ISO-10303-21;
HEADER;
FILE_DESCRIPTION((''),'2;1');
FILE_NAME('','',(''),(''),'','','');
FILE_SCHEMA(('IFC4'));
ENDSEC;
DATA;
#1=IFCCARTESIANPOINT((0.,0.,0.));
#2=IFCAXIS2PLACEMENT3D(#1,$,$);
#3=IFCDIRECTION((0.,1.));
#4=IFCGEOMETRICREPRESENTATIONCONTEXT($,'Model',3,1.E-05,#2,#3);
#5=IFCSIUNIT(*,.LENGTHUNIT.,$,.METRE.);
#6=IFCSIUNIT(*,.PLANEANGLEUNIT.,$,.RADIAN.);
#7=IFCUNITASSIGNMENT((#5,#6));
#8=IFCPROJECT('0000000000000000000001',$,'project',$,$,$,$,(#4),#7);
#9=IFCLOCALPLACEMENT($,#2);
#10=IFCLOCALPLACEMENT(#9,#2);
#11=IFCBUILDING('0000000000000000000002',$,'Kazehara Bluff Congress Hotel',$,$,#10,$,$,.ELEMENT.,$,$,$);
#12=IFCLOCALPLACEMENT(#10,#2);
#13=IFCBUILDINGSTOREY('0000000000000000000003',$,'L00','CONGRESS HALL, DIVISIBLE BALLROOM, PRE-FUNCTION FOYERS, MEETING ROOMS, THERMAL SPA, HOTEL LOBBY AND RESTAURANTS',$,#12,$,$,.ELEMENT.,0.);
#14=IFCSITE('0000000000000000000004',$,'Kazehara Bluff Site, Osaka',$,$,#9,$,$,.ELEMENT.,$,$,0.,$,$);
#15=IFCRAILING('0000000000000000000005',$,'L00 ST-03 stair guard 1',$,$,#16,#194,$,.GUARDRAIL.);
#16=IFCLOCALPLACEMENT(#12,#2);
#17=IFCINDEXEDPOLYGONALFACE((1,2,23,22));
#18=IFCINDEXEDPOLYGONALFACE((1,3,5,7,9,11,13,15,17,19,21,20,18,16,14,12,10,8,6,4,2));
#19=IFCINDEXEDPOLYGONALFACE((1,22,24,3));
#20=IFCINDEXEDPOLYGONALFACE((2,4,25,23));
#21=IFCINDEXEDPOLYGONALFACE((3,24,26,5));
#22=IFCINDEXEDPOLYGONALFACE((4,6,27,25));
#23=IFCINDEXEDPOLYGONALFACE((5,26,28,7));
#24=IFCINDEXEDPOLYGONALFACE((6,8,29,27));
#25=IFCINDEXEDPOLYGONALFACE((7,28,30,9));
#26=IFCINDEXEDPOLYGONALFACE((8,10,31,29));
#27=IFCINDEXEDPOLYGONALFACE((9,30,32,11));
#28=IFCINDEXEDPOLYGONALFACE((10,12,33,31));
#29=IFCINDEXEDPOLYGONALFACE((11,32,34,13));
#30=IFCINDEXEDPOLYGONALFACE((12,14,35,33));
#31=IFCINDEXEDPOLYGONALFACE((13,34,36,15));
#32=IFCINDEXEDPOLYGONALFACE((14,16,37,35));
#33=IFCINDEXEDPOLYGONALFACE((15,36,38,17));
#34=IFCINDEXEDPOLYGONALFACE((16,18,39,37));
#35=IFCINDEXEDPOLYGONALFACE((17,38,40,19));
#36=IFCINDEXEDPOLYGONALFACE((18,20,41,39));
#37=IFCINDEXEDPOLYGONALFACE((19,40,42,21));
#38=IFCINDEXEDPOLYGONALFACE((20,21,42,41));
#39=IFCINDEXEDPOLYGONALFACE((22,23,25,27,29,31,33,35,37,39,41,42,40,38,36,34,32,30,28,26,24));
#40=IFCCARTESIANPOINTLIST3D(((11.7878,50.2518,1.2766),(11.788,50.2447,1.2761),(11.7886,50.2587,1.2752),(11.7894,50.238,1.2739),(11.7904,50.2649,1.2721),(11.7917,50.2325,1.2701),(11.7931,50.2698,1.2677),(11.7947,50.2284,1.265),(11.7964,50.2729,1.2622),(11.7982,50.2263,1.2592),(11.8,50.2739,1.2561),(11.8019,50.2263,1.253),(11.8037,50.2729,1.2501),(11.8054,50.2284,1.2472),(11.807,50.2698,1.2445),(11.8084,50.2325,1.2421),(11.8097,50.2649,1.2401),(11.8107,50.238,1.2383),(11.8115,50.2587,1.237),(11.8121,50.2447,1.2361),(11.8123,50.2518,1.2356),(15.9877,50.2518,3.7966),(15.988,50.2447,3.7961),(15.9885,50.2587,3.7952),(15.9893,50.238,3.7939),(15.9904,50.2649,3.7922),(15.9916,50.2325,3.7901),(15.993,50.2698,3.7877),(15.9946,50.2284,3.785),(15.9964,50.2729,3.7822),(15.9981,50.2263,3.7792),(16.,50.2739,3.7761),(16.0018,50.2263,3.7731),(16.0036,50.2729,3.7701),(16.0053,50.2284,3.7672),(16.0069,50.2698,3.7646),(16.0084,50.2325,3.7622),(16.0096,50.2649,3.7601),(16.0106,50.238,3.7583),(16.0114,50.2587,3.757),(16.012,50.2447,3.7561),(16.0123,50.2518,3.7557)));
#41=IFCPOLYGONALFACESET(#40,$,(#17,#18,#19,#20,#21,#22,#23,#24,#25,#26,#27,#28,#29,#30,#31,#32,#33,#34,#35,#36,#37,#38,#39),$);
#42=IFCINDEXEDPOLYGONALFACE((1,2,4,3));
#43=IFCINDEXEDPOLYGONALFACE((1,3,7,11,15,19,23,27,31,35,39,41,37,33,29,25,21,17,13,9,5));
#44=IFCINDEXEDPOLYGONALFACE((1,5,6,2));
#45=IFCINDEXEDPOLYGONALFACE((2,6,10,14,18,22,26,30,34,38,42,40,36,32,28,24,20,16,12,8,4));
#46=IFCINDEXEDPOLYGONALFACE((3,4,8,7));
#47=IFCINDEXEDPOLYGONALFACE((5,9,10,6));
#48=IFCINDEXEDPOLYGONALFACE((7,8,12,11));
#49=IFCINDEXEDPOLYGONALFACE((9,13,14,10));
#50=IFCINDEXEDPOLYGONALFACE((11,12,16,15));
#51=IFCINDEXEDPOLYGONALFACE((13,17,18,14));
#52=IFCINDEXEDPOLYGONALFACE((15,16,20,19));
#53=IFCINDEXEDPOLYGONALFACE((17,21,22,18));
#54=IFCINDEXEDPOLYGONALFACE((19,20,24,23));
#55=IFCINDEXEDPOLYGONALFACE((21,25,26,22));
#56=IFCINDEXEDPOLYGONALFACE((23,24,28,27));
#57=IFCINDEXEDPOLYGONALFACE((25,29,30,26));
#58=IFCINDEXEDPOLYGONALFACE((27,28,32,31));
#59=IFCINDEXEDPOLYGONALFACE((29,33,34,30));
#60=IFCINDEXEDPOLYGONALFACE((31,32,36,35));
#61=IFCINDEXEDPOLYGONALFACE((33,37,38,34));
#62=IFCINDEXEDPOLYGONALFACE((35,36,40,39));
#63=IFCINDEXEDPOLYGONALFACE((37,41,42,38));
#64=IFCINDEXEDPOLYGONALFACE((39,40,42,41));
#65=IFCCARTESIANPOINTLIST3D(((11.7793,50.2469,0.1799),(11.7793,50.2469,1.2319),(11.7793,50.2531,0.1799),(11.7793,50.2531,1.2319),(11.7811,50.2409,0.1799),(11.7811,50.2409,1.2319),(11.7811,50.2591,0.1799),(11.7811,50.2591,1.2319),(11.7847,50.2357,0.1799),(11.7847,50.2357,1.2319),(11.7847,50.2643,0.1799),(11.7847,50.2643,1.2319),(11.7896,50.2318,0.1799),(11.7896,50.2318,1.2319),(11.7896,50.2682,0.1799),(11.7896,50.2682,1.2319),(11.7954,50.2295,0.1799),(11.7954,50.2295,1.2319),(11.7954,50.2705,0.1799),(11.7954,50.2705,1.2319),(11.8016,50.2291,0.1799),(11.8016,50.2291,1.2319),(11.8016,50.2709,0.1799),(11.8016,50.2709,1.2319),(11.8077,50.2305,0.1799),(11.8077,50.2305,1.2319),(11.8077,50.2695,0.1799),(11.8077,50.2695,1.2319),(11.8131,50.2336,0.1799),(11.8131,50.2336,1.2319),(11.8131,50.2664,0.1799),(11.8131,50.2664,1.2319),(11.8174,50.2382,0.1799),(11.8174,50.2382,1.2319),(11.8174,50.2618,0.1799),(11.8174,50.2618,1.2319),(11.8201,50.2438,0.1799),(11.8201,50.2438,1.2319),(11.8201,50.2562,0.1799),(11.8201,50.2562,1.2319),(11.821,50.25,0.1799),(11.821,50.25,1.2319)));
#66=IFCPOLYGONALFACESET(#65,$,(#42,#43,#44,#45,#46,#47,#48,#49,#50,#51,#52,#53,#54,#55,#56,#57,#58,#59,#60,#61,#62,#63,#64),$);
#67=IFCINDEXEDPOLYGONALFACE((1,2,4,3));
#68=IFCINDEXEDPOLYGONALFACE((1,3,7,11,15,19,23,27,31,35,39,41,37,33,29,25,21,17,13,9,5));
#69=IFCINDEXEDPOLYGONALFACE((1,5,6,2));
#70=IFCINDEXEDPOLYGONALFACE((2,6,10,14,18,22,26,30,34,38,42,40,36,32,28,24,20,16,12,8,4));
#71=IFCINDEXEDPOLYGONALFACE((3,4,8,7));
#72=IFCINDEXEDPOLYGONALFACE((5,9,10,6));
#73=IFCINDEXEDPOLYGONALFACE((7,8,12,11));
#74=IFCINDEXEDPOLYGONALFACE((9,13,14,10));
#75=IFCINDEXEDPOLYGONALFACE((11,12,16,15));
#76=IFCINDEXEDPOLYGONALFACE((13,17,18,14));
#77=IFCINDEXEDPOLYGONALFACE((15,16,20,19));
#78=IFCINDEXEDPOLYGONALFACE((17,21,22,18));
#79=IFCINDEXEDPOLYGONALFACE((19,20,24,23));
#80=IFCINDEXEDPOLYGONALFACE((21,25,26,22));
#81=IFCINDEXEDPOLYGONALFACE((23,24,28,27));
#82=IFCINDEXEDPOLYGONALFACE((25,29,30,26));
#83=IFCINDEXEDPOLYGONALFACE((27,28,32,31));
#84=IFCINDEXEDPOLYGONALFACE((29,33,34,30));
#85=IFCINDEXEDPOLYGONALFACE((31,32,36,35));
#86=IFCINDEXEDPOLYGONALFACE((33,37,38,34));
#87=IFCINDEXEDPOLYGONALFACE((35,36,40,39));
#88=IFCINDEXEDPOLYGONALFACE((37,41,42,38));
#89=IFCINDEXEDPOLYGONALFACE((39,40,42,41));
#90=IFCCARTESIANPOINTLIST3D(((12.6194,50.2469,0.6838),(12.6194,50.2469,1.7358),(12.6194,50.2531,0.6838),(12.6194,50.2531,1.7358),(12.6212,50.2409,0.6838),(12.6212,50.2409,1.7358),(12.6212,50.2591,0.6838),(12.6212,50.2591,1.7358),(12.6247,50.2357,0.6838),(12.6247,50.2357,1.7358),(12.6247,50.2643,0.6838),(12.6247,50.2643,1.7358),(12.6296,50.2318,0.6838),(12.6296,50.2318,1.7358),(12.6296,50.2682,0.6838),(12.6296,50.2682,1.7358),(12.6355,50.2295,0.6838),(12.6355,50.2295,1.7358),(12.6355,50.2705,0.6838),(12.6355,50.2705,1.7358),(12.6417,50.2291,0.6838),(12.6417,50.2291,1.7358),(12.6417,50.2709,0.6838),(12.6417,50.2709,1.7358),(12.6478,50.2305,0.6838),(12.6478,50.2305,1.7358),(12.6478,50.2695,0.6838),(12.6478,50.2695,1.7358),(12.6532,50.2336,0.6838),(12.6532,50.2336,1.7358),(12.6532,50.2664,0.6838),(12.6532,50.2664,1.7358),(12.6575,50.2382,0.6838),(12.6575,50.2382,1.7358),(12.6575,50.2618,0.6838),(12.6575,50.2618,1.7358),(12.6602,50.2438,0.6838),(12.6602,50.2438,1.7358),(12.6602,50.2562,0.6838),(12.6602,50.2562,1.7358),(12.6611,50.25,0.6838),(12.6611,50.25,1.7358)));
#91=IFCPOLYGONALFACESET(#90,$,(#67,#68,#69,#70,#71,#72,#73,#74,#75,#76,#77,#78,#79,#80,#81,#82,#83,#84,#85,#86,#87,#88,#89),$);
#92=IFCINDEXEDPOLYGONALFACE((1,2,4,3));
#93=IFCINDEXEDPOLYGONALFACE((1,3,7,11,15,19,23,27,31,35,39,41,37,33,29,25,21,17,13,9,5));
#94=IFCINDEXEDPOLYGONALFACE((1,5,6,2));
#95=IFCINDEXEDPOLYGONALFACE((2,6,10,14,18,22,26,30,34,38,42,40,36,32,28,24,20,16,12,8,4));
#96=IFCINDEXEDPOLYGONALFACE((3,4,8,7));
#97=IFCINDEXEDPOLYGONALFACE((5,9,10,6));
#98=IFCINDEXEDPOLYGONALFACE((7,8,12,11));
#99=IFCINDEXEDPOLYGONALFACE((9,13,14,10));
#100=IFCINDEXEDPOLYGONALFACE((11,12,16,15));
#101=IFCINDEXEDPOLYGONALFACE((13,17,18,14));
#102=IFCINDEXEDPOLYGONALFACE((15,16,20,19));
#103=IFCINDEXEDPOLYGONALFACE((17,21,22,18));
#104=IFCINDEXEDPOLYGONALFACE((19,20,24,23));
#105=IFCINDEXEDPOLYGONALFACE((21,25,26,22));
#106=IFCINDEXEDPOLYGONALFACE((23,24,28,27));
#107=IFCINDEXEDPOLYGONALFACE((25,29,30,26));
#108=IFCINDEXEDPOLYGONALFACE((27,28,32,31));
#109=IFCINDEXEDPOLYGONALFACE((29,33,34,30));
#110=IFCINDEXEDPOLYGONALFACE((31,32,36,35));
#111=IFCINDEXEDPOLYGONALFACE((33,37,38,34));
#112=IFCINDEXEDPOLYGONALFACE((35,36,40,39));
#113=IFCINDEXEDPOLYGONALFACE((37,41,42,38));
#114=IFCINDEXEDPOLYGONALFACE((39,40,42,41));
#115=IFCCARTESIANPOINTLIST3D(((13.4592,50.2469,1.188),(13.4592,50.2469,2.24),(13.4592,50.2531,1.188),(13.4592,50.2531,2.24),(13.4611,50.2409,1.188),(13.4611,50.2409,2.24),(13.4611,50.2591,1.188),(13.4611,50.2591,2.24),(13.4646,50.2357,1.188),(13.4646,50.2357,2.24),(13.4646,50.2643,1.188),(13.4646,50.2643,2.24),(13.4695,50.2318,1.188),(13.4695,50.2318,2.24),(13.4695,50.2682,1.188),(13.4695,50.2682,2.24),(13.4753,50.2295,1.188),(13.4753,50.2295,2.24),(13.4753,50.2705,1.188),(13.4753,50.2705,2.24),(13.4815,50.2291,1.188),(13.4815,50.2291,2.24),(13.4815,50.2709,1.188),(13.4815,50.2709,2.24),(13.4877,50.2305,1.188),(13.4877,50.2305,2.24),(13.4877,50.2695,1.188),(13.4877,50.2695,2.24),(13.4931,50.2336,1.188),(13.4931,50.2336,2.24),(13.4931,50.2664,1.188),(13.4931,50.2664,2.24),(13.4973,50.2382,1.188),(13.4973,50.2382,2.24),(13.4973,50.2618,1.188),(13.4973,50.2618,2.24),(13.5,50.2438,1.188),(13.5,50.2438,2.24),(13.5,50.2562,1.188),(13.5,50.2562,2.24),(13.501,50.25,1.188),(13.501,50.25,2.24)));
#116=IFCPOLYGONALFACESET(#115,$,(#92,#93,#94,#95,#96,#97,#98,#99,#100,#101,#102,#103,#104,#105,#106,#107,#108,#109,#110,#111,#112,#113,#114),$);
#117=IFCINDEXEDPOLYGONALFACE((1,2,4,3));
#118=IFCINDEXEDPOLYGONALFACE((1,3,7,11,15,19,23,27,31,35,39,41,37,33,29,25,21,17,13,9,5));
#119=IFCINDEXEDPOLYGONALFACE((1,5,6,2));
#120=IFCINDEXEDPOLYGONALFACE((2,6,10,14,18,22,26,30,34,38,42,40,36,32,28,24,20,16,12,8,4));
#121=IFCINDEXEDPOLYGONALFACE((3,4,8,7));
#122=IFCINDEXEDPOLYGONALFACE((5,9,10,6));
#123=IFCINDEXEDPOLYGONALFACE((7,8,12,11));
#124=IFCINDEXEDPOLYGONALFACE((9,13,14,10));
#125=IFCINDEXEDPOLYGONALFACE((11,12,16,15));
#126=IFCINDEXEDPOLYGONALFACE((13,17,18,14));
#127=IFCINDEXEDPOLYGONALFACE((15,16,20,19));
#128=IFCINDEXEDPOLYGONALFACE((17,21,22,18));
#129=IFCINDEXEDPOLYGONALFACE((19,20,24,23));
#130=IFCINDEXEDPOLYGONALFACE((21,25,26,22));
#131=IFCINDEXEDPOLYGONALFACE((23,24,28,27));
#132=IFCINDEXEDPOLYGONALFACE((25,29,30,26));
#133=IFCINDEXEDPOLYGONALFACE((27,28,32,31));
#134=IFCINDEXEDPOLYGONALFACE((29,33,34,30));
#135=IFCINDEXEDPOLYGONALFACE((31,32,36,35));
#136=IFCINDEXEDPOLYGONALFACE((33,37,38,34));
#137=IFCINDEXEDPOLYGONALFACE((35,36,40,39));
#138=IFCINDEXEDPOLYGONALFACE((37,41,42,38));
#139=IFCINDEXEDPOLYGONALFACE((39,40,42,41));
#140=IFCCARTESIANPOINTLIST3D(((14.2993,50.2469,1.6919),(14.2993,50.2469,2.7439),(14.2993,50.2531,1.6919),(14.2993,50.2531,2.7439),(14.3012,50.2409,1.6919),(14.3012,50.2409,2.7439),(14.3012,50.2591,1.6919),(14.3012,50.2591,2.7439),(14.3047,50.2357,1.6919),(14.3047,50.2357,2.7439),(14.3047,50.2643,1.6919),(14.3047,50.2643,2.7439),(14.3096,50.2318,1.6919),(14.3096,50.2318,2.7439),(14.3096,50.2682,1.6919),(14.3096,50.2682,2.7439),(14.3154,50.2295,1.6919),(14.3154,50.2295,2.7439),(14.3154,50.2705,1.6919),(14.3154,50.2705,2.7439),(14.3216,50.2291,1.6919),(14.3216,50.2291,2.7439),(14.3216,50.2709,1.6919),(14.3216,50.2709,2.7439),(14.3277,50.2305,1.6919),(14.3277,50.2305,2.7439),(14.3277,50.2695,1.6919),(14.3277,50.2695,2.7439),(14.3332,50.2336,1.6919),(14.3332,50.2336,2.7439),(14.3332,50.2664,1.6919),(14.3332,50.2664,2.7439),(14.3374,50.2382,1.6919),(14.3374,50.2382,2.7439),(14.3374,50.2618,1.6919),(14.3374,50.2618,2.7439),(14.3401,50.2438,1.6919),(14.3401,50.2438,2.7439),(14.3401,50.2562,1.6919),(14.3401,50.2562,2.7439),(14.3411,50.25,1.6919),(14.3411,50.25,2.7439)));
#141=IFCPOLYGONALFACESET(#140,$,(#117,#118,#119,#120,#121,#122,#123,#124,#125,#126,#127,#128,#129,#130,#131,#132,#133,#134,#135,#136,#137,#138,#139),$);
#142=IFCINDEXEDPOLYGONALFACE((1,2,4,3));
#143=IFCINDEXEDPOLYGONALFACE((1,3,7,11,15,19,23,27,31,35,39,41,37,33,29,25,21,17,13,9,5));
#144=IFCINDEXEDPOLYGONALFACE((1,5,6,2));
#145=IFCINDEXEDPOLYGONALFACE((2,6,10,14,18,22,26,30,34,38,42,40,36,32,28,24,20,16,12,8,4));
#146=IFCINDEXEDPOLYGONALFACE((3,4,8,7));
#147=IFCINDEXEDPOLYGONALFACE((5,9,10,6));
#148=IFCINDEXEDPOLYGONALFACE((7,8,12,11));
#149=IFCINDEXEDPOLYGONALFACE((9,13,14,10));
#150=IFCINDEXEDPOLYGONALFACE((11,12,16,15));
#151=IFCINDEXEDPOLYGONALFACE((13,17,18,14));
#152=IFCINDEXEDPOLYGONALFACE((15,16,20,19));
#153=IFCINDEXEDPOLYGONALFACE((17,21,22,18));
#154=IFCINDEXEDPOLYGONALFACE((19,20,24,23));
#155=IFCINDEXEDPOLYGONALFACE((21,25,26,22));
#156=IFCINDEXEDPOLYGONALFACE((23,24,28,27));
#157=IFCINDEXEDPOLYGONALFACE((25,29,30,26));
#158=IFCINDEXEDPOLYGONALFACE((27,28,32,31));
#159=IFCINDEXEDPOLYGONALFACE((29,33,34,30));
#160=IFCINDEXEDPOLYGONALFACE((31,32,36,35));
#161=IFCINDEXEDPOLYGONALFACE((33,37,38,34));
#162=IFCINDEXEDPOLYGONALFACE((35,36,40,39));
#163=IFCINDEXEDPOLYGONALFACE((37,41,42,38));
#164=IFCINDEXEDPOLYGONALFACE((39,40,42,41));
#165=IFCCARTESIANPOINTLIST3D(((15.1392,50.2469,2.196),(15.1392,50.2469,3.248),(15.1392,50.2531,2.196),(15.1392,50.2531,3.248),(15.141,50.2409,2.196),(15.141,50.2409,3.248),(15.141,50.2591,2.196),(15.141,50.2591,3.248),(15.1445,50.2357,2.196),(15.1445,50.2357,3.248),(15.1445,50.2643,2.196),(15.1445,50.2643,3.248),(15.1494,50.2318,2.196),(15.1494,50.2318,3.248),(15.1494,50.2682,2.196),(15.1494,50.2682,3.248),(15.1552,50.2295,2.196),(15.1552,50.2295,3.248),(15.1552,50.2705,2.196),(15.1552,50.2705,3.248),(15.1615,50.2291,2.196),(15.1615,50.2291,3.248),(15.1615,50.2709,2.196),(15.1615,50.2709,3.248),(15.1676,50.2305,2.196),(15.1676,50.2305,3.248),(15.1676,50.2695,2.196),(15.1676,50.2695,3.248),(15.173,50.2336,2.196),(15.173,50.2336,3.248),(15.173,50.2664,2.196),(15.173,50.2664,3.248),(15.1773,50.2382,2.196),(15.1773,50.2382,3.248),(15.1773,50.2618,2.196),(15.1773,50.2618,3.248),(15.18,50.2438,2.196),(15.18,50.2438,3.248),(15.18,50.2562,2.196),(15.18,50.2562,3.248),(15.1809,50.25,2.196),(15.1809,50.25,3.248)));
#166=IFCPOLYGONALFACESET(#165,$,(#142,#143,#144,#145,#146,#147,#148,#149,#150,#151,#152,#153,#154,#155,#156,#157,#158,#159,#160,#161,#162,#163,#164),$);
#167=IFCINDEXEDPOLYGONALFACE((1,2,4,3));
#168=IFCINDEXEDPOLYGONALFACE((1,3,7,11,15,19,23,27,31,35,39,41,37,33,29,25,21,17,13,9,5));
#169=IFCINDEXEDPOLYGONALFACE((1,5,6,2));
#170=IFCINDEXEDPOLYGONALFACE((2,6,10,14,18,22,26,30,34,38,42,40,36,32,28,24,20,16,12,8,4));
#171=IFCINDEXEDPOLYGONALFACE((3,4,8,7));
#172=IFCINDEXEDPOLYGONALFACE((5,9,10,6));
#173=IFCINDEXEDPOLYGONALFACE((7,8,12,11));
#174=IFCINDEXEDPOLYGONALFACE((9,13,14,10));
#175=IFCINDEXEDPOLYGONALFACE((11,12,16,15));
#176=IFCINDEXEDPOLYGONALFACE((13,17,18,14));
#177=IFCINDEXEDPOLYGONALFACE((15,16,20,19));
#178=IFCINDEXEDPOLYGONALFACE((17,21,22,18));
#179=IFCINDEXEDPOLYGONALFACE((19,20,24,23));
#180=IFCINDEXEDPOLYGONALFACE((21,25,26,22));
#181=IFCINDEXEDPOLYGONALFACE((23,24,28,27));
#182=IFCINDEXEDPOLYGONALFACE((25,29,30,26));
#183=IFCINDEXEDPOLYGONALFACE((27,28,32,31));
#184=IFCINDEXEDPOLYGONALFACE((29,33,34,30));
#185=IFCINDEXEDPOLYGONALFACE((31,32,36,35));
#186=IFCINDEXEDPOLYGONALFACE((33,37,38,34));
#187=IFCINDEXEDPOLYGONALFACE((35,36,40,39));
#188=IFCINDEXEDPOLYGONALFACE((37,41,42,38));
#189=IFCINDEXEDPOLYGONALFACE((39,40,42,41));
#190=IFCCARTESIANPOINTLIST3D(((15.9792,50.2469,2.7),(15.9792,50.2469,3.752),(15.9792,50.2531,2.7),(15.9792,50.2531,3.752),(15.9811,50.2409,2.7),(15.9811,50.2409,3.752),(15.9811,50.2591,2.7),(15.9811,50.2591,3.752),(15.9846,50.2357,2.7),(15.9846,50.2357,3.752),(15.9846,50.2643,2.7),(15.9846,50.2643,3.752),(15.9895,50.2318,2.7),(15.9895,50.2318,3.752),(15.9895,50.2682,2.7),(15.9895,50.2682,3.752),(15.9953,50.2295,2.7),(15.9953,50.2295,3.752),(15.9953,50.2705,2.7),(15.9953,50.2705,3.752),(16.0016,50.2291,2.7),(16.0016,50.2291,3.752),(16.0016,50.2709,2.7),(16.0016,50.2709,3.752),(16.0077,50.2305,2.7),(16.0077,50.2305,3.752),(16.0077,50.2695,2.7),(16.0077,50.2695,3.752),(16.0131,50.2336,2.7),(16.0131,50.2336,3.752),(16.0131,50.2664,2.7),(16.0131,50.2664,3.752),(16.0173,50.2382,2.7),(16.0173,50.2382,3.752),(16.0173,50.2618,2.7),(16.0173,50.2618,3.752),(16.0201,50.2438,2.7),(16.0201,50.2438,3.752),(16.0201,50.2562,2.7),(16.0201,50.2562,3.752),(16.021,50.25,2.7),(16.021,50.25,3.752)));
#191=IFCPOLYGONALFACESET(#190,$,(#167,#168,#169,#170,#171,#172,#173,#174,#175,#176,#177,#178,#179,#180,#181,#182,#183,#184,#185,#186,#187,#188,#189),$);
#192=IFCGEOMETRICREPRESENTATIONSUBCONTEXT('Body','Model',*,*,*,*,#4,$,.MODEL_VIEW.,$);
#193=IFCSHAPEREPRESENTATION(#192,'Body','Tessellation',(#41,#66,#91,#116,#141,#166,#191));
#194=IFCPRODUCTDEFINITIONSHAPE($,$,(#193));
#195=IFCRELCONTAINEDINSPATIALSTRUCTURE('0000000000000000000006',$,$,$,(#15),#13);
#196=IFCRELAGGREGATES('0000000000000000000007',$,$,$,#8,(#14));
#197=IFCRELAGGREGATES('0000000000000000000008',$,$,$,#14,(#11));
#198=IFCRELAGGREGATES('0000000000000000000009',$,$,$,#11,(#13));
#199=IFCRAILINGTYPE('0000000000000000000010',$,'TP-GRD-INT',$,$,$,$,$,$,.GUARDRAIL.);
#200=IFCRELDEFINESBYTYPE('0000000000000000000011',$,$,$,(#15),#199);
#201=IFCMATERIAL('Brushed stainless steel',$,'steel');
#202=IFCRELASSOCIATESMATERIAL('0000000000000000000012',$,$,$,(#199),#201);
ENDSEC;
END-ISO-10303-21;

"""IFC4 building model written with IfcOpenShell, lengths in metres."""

from ifc_helpers import new_model, si_unit, direction, frame, origin, origin_2d, place, context, subcontext, project, spatial, circle, extrude, material, type_object, element, save


model = new_model("IFC4")

# Units and contexts
model_context = context("Model", 3, precision=1e-05, world=origin(), true_north=direction((0.0, 1.0)))
body_context = subcontext(model_context, "Body", "Model", "MODEL_VIEW")
ifc_project = project(units=[si_unit("LENGTHUNIT", "METRE"), si_unit("PLANEANGLEUNIT", "RADIAN")], contexts=[model_context])

# Site, building, storey
site_placement = place(None, origin())
site = spatial("IfcSite", under=ifc_project, at=site_placement, Name="Kazehara Bluff Site, Osaka", CompositionType="ELEMENT", RefElevation=0.0)
building_placement = place(site_placement, origin())
building = spatial("IfcBuilding", under=site, at=building_placement, Name="Kazehara Bluff Congress Hotel", CompositionType="ELEMENT")
storey_placement = place(building_placement, origin())
storey = spatial("IfcBuildingStorey", under=building, at=storey_placement, Name="L00", Description="CONGRESS HALL, DIVISIBLE BALLROOM, PRE-FUNCTION FOYERS, MEETING ROOMS, THERMAL SPA, HOTEL LOBBY AND RESTAURANTS", CompositionType="ELEMENT", Elevation=0.0)

# Railing
ifc_material_1 = material(Name="Brushed stainless steel", Category="steel")
railing_type_1 = type_object("IfcRailingType", Name="TP-GRD-INT", PredefinedType="GUARDRAIL", material=ifc_material_1)
railing_1_placement = place(storey_placement, frame((11.8, 50.25, 0.1799)))
element("IfcRailing", 1, at=railing_1_placement, inside=storey, type_object=railing_type_1, Name="L00 ST-03 stair guard 1", PredefinedType="GUARDRAIL", context=body_context, shape_type="SweptSolid", body=[
    extrude(circle(Radius=0.0239, at=origin_2d()), frame((0.0, 0.0, 1.0762), z_axis=(0.857489, 0.0, 0.514503), x_axis=(0.0, 1.0, 0.0)), (0.0, 0.0, 1.0), 4.8979),
    extrude(circle(Radius=0.021, at=origin_2d()), origin(), (0.0, 0.0, 1.0), 1.052),
    extrude(circle(Radius=0.021, at=origin_2d()), frame((0.8401, 0.0, 0.5039)), (0.0, 0.0, 1.0), 1.052),
    extrude(circle(Radius=0.021, at=origin_2d()), frame((1.6799, 0.0, 1.0081)), (0.0, 0.0, 1.0), 1.052),
    extrude(circle(Radius=0.021, at=origin_2d()), frame((2.52, 0.0, 1.512)), (0.0, 0.0, 1.0), 1.052),
    extrude(circle(Radius=0.021, at=origin_2d()), frame((3.3599, 0.0, 2.0161)), (0.0, 0.0, 1.0), 1.052),
    extrude(circle(Radius=0.021, at=origin_2d()), frame((4.2, 0.0, 2.52)), (0.0, 0.0, 1.0), 1.052),
])

save(model, "model.ifc")
